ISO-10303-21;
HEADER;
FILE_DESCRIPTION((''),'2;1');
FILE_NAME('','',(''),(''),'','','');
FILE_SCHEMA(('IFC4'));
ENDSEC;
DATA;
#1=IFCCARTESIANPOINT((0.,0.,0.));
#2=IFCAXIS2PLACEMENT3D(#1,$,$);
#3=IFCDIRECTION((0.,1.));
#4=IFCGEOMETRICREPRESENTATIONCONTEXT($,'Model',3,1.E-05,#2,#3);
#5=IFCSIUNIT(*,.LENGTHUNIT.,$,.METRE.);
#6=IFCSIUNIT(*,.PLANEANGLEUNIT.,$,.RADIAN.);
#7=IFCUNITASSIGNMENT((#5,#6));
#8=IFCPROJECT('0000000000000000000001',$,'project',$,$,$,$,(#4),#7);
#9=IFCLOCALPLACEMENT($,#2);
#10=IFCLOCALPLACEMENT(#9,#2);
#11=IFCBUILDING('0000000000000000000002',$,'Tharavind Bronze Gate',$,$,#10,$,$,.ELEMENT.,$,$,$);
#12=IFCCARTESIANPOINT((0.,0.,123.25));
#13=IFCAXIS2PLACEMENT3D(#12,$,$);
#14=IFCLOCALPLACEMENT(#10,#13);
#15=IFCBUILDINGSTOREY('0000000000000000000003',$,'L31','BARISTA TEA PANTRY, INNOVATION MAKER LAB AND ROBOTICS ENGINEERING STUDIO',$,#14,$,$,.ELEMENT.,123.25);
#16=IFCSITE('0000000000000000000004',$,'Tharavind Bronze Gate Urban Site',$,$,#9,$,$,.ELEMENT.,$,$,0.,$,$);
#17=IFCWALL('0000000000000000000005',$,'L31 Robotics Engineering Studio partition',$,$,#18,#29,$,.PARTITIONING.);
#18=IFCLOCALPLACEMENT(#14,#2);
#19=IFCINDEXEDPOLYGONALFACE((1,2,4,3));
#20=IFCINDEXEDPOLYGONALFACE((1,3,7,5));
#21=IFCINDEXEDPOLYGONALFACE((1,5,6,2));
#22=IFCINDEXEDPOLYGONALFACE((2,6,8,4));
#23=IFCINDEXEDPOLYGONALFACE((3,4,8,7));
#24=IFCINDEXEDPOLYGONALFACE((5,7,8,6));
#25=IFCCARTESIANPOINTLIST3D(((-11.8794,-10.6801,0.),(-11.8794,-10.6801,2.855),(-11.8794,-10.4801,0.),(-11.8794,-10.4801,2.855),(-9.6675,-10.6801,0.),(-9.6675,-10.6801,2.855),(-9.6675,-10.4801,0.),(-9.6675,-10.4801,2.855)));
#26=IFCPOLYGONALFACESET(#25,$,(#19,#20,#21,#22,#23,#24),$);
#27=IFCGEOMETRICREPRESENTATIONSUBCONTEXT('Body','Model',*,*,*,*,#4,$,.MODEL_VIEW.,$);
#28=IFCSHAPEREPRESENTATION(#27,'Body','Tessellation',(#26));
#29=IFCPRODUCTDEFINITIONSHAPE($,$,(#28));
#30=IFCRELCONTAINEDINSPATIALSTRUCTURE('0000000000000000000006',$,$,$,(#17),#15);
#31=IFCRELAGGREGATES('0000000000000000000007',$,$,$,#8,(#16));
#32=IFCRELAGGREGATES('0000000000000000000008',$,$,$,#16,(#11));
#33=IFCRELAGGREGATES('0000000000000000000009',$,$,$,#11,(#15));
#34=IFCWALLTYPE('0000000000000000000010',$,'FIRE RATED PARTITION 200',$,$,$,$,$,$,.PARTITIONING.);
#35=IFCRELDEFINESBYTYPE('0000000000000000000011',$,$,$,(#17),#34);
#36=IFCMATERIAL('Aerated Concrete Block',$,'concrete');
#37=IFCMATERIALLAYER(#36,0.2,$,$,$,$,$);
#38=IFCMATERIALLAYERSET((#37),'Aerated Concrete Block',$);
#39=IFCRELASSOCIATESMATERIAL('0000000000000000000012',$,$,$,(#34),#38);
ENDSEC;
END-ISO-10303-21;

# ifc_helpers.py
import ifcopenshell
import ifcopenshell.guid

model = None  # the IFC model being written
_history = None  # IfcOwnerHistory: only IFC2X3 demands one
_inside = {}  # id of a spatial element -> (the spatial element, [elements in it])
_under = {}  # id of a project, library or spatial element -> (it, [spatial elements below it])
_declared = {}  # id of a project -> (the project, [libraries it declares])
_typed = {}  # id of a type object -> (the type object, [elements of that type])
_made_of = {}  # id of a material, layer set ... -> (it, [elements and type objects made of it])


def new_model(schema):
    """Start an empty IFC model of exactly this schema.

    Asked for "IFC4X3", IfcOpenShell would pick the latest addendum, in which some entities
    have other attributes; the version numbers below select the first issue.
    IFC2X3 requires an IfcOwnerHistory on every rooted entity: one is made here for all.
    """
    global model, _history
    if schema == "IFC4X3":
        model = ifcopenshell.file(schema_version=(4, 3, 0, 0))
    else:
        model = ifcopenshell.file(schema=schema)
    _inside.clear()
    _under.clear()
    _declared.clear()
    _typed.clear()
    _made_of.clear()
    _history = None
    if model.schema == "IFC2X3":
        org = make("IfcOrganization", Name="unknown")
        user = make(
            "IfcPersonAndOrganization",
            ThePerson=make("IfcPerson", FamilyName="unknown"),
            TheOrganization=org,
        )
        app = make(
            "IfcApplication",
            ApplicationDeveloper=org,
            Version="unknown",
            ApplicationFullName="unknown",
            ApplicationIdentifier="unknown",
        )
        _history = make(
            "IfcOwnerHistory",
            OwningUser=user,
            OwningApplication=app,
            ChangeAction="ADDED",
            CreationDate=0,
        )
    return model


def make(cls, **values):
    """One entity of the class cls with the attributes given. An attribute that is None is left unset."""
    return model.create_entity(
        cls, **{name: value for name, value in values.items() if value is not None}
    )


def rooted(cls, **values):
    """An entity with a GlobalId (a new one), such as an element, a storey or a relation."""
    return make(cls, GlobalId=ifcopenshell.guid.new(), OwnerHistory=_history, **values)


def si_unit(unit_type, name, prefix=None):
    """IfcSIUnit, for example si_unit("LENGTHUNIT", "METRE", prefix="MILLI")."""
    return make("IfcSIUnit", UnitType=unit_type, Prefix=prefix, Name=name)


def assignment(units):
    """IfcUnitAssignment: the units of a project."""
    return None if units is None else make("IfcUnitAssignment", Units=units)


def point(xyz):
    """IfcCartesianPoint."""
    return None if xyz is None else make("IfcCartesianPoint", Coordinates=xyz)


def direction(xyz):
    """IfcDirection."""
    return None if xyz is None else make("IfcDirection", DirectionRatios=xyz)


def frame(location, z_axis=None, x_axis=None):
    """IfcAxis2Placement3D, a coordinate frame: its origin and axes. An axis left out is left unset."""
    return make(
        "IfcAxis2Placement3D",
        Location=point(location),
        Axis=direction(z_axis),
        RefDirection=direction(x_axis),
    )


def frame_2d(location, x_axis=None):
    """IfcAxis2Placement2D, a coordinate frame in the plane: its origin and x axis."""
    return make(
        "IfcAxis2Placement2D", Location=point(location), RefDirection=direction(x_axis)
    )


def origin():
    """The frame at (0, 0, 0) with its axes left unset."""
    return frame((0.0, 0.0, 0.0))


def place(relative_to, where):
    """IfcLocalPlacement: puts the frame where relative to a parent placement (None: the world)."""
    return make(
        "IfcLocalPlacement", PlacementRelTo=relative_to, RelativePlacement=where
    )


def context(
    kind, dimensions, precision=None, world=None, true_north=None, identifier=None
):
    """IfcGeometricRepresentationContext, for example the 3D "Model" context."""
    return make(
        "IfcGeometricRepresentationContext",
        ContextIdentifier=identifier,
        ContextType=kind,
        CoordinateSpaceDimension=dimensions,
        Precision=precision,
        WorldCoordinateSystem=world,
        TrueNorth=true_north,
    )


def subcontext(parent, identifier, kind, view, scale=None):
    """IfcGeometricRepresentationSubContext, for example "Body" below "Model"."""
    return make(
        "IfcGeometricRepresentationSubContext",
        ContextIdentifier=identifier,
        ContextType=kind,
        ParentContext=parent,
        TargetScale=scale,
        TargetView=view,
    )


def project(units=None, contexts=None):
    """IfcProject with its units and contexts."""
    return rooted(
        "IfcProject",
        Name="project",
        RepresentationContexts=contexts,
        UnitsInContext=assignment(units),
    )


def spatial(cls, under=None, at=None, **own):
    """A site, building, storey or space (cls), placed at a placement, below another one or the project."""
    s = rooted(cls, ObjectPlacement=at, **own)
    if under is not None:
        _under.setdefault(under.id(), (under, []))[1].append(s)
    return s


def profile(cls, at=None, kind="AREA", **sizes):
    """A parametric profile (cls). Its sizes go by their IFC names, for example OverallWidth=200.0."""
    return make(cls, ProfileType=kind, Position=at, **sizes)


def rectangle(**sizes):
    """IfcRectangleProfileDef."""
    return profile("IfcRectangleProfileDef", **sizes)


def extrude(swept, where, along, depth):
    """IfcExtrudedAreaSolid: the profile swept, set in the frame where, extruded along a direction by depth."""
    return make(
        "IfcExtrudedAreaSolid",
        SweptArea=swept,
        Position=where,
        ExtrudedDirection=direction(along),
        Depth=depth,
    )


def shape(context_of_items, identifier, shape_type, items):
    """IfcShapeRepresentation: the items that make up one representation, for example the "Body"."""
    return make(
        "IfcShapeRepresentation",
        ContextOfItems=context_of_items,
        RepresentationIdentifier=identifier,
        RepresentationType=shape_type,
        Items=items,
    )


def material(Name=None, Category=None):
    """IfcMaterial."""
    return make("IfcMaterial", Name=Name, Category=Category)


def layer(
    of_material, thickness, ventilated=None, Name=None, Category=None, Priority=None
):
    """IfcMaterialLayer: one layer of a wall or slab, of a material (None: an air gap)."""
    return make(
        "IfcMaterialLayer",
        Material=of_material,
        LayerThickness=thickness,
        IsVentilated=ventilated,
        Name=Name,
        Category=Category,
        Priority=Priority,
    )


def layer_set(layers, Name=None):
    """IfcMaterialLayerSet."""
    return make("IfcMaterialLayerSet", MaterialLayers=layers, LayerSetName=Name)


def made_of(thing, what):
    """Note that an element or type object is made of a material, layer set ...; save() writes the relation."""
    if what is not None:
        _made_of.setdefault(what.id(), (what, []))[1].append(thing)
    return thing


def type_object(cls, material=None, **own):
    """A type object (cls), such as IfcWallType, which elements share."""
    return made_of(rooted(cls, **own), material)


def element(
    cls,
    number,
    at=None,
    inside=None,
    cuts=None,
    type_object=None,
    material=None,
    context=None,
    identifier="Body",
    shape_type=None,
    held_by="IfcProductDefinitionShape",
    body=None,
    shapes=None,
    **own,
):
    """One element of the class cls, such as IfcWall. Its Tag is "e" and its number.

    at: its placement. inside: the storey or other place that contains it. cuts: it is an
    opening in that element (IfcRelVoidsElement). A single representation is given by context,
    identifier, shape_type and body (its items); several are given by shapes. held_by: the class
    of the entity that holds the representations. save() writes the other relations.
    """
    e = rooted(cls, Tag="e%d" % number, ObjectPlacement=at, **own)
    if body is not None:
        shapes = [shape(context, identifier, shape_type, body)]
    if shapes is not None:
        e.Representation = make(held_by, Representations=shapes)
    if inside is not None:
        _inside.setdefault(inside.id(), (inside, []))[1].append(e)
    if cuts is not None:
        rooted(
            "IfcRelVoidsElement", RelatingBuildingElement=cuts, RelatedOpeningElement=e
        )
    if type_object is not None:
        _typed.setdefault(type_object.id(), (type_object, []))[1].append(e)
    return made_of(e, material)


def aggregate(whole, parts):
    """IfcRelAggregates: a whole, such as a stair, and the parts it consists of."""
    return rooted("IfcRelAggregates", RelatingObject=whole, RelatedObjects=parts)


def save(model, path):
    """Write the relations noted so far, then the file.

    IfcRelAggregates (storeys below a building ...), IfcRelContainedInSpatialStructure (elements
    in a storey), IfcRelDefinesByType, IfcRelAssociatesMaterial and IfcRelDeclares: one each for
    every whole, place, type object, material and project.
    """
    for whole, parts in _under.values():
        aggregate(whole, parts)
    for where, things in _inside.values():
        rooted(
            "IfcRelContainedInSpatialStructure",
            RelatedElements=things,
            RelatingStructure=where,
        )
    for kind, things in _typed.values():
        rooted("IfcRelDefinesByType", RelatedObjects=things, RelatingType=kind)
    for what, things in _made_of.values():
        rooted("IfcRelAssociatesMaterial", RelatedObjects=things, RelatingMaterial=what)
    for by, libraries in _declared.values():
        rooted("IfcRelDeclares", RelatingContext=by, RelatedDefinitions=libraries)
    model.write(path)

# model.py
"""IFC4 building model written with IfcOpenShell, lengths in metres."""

from ifc_helpers import new_model, si_unit, direction, frame, frame_2d, origin, place, context, subcontext, project, spatial, rectangle, extrude, material, layer, layer_set, type_object, element, save


model = new_model("IFC4")

# Units and contexts
model_context = context("Model", 3, precision=1e-05, world=origin(), true_north=direction((0.0, 1.0)))
body_context = subcontext(model_context, "Body", "Model", "MODEL_VIEW")
ifc_project = project(units=[si_unit("LENGTHUNIT", "METRE"), si_unit("PLANEANGLEUNIT", "RADIAN")], contexts=[model_context])

# Site, building, storey
site_placement = place(None, origin())
site = spatial("IfcSite", under=ifc_project, at=site_placement, Name="Tharavind Bronze Gate Urban Site", CompositionType="ELEMENT", RefElevation=0.0)
building_placement = place(site_placement, origin())
building = spatial("IfcBuilding", under=site, at=building_placement, Name="Tharavind Bronze Gate", CompositionType="ELEMENT")
storey_placement = place(building_placement, frame((0.0, 0.0, 123.25)))
storey = spatial("IfcBuildingStorey", under=building, at=storey_placement, Name="L31", Description="BARISTA TEA PANTRY, INNOVATION MAKER LAB AND ROBOTICS ENGINEERING STUDIO", CompositionType="ELEMENT", Elevation=123.25)

# Shared definitions
ifc_material_1 = material(Name="Aerated Concrete Block", Category="concrete")
ifc_layer_1 = layer(ifc_material_1, 0.2)
ifc_layer_set_1 = layer_set([ifc_layer_1], Name="Aerated Concrete Block")
wall_type = type_object("IfcWallType", Name="FIRE RATED PARTITION 200", PredefinedType="PARTITIONING", material=ifc_layer_set_1)

# Wall
wall_1_placement = place(storey_placement, frame((-11.8794, -10.5801, 0.0), z_axis=(0.0, 0.0, 1.0), x_axis=(1.0, 0.0, 0.0)))
element("IfcWall", 1, at=wall_1_placement, inside=storey, type_object=wall_type, Name="L31 Robotics Engineering Studio partition", PredefinedType="PARTITIONING", context=body_context, shape_type="SweptSolid", body=[
    extrude(rectangle(XDim=2.2119, YDim=0.2, at=frame_2d((1.106, 0.0))), origin(), (0.0, 0.0, 1.0), 2.855),
])

save(model, "model.ifc")
